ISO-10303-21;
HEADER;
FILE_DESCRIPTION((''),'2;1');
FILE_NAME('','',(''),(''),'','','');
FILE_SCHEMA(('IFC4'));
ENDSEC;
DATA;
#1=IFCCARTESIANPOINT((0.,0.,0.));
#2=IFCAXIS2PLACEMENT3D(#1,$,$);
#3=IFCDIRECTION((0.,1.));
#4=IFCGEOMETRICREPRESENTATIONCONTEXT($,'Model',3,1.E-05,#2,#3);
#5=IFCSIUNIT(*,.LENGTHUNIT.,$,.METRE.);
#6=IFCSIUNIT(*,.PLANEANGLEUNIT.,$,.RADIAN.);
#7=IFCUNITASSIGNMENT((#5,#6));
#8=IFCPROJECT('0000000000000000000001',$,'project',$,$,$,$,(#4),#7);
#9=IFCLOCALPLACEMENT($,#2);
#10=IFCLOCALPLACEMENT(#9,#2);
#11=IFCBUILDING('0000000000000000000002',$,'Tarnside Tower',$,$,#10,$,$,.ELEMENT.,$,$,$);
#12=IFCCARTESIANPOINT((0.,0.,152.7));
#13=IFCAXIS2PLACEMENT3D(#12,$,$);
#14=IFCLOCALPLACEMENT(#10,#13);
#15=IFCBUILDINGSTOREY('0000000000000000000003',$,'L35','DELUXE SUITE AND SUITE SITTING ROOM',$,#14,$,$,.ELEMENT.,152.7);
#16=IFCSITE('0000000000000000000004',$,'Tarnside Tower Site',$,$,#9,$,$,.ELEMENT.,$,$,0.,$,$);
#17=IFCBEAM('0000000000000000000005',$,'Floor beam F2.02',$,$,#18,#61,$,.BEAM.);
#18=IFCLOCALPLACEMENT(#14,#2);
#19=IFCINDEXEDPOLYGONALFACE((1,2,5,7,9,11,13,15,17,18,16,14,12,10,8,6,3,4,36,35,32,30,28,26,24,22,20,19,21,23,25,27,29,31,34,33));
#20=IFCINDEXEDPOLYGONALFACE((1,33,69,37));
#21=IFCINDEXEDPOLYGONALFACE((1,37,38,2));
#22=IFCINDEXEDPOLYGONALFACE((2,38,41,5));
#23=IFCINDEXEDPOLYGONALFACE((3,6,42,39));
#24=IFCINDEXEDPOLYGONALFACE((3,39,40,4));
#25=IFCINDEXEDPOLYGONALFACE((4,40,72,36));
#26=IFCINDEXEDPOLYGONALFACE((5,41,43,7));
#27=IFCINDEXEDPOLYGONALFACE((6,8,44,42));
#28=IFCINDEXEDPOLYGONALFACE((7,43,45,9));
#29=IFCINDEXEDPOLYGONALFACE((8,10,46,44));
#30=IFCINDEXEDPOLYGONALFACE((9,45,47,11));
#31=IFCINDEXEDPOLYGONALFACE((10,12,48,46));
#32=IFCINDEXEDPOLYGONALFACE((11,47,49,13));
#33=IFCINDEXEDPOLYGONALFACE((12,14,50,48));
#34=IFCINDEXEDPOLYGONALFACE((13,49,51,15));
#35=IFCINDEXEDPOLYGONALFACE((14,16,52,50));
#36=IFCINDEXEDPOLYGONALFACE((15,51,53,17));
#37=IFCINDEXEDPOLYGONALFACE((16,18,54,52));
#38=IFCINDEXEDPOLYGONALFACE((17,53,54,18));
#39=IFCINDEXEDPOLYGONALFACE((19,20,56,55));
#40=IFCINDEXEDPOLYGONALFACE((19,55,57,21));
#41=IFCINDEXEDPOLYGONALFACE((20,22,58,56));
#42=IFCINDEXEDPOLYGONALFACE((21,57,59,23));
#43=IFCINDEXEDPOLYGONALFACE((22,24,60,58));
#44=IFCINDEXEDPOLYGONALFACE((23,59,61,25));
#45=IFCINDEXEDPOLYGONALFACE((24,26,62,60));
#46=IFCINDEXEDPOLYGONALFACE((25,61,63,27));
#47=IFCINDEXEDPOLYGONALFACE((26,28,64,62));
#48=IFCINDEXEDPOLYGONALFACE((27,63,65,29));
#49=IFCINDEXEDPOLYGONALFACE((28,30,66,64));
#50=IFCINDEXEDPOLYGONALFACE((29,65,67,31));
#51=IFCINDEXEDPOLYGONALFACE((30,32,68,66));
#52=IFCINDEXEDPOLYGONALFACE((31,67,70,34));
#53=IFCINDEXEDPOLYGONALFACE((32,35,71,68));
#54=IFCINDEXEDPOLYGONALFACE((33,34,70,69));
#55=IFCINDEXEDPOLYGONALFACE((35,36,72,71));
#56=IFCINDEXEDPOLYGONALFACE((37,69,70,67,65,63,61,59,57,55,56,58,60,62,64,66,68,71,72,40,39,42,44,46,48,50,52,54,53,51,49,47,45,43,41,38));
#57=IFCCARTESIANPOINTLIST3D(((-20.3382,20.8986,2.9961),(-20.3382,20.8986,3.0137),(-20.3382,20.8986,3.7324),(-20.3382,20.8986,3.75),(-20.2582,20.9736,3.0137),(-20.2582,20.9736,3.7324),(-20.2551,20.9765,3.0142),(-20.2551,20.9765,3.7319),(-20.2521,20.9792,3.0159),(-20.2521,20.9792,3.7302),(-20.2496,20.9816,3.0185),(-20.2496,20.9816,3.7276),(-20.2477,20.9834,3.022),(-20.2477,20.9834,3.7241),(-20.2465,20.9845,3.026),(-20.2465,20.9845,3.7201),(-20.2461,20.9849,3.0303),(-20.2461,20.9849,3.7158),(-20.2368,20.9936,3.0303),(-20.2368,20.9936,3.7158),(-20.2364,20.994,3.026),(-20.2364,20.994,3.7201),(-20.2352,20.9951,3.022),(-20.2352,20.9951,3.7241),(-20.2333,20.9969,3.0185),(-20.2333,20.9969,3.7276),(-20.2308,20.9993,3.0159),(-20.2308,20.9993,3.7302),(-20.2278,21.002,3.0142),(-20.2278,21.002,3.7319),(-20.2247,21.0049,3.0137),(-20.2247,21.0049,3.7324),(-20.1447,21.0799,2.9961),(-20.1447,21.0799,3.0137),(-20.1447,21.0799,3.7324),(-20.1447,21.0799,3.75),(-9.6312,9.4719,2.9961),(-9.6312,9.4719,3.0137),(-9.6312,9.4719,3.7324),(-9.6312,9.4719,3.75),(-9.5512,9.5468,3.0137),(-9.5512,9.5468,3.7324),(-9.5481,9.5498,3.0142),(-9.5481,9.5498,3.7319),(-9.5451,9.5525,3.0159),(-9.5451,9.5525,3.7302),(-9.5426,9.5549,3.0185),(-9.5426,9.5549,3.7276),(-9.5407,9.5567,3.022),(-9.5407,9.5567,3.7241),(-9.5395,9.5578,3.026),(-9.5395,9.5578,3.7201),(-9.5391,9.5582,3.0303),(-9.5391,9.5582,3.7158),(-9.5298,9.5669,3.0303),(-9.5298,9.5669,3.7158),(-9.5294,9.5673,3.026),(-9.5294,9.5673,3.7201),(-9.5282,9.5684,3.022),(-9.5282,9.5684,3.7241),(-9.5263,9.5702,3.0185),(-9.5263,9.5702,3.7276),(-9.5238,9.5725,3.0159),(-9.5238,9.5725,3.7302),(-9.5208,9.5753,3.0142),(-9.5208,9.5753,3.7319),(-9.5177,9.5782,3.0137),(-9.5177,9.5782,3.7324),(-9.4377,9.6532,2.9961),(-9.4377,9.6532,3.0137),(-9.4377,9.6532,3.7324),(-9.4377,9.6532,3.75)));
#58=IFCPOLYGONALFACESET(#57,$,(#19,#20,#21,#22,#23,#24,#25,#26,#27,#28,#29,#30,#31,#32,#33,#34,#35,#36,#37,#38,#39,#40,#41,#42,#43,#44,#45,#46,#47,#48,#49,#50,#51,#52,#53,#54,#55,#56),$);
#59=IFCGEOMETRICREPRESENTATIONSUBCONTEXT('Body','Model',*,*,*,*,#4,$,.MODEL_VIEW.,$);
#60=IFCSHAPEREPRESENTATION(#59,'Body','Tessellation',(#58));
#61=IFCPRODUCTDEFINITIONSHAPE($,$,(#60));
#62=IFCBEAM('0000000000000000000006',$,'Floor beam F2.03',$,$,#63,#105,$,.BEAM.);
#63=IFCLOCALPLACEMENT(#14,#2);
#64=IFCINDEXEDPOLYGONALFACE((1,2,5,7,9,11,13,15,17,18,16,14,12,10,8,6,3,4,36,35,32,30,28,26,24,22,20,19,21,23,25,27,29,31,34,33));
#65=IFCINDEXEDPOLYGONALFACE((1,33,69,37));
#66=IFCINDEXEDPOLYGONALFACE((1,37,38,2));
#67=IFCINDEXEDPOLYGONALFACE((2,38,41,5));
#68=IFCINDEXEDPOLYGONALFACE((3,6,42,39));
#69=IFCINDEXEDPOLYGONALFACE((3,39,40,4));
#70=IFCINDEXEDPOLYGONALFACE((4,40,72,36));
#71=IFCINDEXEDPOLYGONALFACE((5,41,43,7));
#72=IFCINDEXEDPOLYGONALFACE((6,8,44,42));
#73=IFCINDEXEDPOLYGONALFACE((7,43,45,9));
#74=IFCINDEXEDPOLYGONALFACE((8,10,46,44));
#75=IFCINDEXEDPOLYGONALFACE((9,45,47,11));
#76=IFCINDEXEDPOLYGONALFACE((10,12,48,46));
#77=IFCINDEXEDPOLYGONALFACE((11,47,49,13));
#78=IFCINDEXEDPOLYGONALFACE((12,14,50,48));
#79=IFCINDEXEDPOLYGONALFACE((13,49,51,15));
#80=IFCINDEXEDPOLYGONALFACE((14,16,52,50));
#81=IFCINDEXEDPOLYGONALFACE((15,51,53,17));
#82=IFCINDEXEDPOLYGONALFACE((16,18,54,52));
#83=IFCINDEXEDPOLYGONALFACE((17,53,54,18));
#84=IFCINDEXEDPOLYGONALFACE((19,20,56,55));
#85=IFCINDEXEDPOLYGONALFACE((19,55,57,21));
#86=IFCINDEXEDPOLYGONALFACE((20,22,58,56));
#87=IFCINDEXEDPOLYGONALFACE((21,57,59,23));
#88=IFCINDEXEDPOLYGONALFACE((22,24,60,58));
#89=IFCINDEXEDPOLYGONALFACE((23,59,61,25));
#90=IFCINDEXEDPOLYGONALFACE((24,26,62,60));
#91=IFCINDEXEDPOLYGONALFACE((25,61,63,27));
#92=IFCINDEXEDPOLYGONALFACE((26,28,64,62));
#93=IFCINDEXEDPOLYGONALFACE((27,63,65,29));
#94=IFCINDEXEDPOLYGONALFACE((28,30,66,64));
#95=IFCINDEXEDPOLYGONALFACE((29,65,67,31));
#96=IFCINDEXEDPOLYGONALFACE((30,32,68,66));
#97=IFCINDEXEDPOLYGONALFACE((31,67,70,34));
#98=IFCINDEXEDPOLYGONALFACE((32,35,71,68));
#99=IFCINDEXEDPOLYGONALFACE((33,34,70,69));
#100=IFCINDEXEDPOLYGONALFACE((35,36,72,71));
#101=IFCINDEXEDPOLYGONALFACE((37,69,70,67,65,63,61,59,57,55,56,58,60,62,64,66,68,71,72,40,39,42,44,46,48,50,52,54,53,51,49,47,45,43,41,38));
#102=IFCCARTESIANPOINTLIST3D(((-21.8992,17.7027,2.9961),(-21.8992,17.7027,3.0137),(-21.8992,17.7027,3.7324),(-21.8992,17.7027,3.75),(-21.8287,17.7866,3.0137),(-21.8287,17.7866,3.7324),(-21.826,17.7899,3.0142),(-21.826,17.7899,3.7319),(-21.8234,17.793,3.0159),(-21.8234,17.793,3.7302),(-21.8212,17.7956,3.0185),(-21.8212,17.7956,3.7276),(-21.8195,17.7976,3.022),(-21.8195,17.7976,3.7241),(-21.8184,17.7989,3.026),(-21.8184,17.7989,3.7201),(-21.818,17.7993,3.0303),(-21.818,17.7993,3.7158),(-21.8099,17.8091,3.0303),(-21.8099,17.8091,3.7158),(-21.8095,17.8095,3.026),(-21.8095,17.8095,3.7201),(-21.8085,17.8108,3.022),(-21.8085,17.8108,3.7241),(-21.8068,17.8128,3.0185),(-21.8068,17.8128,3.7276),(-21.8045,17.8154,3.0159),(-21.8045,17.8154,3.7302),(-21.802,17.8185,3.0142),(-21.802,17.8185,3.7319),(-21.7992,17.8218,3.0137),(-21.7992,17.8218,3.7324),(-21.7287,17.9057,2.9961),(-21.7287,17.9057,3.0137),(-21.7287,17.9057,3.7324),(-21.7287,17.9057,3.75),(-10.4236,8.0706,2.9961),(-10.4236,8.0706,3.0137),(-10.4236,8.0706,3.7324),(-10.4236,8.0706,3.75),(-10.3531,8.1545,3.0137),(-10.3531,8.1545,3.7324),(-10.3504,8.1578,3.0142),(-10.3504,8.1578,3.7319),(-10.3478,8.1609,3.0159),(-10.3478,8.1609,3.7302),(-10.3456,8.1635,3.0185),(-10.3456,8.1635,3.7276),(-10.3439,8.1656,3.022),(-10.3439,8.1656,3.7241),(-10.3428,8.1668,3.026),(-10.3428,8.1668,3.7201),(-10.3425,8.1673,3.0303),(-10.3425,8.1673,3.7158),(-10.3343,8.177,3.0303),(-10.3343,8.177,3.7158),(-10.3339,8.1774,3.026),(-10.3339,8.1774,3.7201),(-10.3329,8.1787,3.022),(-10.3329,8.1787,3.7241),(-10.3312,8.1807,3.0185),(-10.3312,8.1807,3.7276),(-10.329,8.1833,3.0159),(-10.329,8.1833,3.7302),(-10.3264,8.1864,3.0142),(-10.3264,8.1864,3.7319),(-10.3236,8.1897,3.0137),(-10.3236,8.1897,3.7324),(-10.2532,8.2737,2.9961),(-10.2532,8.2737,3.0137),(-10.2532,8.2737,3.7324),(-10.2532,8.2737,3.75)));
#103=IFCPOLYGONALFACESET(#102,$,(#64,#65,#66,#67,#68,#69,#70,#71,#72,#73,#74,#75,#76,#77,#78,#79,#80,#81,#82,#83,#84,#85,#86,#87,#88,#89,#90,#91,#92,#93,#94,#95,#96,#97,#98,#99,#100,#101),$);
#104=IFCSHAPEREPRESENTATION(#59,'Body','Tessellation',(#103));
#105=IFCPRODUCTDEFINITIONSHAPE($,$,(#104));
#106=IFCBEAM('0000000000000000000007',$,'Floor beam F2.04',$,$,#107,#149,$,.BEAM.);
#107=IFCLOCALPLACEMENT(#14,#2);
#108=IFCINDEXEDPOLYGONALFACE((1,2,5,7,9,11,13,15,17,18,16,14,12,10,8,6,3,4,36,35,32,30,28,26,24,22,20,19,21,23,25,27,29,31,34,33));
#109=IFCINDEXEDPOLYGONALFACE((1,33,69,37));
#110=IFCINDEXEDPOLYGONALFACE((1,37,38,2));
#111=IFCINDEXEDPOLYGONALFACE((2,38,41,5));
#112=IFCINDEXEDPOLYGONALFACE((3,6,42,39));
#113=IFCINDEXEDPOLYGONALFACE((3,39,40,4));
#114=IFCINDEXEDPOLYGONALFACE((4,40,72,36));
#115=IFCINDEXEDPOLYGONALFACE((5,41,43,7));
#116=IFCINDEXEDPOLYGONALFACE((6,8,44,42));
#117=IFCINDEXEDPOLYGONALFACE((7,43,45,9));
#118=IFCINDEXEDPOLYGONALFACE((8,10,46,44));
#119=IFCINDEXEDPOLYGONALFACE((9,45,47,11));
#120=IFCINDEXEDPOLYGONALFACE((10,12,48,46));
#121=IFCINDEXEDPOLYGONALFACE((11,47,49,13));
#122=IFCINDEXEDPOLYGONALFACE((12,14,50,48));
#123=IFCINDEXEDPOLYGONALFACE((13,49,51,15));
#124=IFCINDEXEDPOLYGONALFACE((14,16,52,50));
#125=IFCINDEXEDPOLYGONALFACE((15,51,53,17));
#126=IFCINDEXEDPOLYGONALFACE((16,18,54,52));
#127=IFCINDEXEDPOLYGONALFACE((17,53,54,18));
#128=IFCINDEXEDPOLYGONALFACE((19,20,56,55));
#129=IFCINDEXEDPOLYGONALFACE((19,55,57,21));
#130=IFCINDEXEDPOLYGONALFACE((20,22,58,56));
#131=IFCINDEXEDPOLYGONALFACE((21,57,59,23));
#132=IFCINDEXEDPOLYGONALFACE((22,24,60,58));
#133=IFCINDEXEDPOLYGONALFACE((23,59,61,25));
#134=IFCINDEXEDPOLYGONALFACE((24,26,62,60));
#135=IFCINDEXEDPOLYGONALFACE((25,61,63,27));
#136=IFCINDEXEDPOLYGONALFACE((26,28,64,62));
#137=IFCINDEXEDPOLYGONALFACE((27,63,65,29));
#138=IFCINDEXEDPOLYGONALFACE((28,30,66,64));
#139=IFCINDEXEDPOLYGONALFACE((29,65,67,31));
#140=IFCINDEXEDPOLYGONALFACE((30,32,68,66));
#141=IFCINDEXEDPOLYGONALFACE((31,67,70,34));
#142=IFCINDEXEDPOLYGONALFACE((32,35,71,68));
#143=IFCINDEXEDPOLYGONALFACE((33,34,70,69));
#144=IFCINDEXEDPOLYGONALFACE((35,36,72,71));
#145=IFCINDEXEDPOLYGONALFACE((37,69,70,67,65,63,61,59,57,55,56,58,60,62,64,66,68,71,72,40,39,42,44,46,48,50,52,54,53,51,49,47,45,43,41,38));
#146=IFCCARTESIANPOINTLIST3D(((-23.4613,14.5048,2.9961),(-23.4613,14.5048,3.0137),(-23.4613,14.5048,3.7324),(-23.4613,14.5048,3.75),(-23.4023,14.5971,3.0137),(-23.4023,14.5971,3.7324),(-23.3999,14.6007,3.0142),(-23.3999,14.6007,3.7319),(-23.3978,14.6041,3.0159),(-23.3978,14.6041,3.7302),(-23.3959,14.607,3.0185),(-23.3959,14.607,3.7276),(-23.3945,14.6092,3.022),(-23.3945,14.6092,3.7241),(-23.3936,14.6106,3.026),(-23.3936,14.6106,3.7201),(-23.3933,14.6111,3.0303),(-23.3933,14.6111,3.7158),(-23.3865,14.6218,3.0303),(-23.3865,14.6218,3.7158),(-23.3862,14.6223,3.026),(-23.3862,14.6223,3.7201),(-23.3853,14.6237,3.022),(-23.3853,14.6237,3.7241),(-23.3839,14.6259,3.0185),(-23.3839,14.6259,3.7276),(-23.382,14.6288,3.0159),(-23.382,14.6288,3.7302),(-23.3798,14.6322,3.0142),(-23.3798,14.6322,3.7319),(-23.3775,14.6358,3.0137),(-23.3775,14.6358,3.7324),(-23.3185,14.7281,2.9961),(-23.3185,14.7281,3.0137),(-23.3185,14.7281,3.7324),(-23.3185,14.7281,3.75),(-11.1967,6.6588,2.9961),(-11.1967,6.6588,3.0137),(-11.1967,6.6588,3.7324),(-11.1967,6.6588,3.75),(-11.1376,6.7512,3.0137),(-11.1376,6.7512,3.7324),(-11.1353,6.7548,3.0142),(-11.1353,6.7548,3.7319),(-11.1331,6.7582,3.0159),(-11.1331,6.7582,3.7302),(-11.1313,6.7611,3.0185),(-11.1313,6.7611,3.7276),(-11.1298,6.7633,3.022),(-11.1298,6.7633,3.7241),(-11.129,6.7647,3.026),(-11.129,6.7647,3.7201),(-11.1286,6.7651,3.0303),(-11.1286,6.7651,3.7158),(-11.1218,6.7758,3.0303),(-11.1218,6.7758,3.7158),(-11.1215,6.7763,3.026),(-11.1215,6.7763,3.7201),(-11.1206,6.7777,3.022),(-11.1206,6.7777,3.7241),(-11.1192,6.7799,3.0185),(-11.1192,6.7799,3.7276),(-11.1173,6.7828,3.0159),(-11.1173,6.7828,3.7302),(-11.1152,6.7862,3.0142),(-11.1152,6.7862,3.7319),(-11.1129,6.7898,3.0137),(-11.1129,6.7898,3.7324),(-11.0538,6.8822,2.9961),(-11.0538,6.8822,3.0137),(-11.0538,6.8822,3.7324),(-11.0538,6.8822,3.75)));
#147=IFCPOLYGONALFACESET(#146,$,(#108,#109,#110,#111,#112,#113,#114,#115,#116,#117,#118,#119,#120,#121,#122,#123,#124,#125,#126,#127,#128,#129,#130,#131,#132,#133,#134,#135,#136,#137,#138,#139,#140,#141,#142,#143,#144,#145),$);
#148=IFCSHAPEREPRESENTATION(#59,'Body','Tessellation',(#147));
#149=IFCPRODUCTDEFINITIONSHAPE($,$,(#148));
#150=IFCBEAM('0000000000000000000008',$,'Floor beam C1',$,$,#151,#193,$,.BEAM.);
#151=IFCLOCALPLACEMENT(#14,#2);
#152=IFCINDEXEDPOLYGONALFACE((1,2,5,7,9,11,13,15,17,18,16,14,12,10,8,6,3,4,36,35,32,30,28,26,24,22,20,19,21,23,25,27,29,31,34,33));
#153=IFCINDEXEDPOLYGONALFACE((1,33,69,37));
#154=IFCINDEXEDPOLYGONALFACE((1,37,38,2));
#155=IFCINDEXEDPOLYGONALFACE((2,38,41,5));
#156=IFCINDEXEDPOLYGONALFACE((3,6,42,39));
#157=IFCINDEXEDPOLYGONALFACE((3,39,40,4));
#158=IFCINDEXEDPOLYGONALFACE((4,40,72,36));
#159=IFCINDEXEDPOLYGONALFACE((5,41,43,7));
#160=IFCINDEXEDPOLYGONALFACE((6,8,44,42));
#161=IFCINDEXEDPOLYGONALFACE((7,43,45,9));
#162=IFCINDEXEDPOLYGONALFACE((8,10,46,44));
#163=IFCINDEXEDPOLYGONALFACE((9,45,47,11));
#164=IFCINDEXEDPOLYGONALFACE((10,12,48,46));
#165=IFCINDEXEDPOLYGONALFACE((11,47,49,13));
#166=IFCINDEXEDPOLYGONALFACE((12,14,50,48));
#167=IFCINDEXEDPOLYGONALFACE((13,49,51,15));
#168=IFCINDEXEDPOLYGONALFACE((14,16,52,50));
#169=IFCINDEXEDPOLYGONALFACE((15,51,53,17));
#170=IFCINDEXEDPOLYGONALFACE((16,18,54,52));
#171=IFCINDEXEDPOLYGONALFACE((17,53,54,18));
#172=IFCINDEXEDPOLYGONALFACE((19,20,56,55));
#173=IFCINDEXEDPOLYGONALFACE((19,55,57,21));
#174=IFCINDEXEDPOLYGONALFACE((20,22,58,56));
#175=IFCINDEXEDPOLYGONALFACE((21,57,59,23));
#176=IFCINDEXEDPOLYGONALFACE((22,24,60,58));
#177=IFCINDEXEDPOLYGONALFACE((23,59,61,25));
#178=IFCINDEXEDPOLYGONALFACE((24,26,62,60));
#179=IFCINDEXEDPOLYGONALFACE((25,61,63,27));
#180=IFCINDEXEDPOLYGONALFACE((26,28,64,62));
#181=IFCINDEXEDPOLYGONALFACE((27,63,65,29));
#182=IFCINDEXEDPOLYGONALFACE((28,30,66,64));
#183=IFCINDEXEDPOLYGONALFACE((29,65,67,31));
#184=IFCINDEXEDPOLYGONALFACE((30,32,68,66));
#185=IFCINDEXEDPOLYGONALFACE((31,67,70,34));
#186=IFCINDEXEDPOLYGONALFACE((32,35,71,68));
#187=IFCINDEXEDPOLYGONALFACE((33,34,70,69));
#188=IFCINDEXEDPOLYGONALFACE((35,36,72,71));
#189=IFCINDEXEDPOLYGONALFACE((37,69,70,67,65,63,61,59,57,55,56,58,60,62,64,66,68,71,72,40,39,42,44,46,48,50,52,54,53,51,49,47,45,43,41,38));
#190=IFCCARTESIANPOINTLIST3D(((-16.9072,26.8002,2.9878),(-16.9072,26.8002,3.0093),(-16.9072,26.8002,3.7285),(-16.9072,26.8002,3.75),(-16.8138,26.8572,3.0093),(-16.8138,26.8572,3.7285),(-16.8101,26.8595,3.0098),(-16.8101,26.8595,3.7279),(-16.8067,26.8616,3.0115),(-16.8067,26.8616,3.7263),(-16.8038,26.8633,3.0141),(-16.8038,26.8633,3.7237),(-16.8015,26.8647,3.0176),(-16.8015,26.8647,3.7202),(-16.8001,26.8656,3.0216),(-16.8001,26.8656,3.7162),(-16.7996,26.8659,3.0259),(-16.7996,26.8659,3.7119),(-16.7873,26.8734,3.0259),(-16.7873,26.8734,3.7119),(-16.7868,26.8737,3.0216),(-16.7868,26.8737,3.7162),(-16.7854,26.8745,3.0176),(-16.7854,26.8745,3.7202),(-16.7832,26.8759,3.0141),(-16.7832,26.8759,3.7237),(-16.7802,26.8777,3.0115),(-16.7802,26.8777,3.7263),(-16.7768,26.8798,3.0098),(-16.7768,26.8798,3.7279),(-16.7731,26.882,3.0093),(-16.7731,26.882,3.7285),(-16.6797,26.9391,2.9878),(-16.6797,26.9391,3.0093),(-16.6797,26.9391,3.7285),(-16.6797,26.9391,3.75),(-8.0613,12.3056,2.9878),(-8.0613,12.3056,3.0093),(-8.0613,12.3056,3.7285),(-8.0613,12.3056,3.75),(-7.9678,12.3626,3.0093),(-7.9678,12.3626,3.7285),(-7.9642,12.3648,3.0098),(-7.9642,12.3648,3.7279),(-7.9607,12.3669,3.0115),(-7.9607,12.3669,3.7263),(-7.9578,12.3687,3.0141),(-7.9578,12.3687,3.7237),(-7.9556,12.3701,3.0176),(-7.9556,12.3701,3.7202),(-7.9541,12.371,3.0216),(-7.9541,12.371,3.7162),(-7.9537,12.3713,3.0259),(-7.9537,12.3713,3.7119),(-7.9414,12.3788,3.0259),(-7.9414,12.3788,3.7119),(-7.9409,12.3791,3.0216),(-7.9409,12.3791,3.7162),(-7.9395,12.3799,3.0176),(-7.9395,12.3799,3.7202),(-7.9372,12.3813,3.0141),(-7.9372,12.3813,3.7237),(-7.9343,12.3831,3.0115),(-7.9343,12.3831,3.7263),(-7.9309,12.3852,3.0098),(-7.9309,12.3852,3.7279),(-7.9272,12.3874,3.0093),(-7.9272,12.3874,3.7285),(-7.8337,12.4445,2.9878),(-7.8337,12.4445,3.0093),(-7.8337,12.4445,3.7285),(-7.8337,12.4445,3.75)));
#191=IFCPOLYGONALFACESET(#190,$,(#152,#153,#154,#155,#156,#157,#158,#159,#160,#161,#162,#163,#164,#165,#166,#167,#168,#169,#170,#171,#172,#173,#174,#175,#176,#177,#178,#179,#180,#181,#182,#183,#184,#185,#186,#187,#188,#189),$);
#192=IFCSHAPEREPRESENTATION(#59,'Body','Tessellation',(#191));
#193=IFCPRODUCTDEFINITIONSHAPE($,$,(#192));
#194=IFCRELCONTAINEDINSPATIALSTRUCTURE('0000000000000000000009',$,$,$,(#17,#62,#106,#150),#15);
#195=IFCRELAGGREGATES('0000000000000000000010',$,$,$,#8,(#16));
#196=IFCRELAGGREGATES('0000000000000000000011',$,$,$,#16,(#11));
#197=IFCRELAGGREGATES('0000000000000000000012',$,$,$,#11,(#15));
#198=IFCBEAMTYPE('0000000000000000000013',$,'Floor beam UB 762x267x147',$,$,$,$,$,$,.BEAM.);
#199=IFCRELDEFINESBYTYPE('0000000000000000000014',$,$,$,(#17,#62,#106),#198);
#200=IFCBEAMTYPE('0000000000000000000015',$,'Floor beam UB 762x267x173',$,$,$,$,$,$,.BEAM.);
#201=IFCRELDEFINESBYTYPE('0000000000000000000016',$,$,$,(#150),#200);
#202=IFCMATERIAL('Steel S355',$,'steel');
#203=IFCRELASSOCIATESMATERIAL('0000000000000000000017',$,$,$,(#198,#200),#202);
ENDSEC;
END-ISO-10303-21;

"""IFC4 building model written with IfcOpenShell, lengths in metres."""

from ifc_helpers import new_model, si_unit, direction, frame, origin, origin_2d, place, context, subcontext, project, spatial, i_section, extrude, material, material_profile, profile_set, type_object, element, save


model = new_model("IFC4")

# Units and contexts
model_context = context("Model", 3, precision=1e-05, world=origin(), true_north=direction((0.0, 1.0)))
body_context = subcontext(model_context, "Body", "Model", "MODEL_VIEW")
ifc_project = project(units=[si_unit("LENGTHUNIT", "METRE"), si_unit("PLANEANGLEUNIT", "RADIAN")], contexts=[model_context])

# Site, building, storey
site_placement = place(None, origin())
site = spatial("IfcSite", under=ifc_project, at=site_placement, Name="Tarnside Tower Site", CompositionType="ELEMENT", RefElevation=0.0)
building_placement = place(site_placement, origin())
building = spatial("IfcBuilding", under=site, at=building_placement, Name="Tarnside Tower", CompositionType="ELEMENT")
storey_placement = place(building_placement, frame((0.0, 0.0, 152.7)))
storey = spatial("IfcBuildingStorey", under=building, at=storey_placement, Name="L35", Description="DELUXE SUITE AND SUITE SITTING ROOM", CompositionType="ELEMENT", Elevation=152.7)

# Beams
ifc_material_1 = material(Name="Steel S355", Category="steel")
ifc_material_profile_1 = material_profile(ifc_material_1, i_section(OverallWidth=0.2651, OverallDepth=0.7539, WebThickness=0.0127, FlangeThickness=0.0176, FilletRadius=0.0166, at=origin_2d()), Name="UB 762x267x147")
ifc_profile_set_1 = profile_set([ifc_material_profile_1], Name="Steel S355")
beam_type_1 = type_object("IfcBeamType", Name="Floor beam UB 762x267x147", PredefinedType="BEAM", material=ifc_profile_set_1)
beam_1_placement = place(storey_placement, frame((-20.2415, 20.9893, 3.373), z_axis=(0.683752, -0.729714, 0.0), x_axis=(0.729714, 0.683752, 0.0)))
element("IfcBeam", 1, at=beam_1_placement, inside=storey, type_object=beam_type_1, Name="Floor beam F2.02", PredefinedType="BEAM", context=body_context, shape_type="SweptSolid", body=[
    extrude(i_section(OverallWidth=0.2651, OverallDepth=0.7539, WebThickness=0.0127, FlangeThickness=0.0176, FilletRadius=0.0166, at=origin_2d()), origin(), (0.0, 0.0, 1.0), 15.6592),
])
beam_2_placement = place(storey_placement, frame((-21.814, 17.8042, 3.373), z_axis=(0.765948, -0.642902, 0.0), x_axis=(0.642902, 0.765948, 0.0)))
element("IfcBeam", 2, at=beam_2_placement, inside=storey, type_object=beam_type_1, Name="Floor beam F2.03", PredefinedType="BEAM", context=body_context, shape_type="SweptSolid", body=[
    extrude(i_section(OverallWidth=0.2651, OverallDepth=0.7539, WebThickness=0.0127, FlangeThickness=0.0176, FilletRadius=0.0166, at=origin_2d()), origin(), (0.0, 0.0, 1.0), 14.9822),
])
beam_3_placement = place(storey_placement, frame((-23.3899, 14.6165, 3.373), z_axis=(0.842378, -0.538887, 0.0), x_axis=(0.538887, 0.842378, 0.0)))
element("IfcBeam", 3, at=beam_3_placement, inside=storey, type_object=beam_type_1, Name="Floor beam F2.04", PredefinedType="BEAM", context=body_context, shape_type="SweptSolid", body=[
    extrude(i_section(OverallWidth=0.2651, OverallDepth=0.7539, WebThickness=0.0127, FlangeThickness=0.0176, FilletRadius=0.0166, at=origin_2d()), origin(), (0.0, 0.0, 1.0), 14.5596),
])
ifc_material_profile_2 = material_profile(ifc_material_1, i_section(OverallWidth=0.2666, OverallDepth=0.7622, WebThickness=0.0144, FlangeThickness=0.0215, FilletRadius=0.0166, at=origin_2d()), Name="UB 762x267x173")
ifc_profile_set_2 = profile_set([ifc_material_profile_2], Name="Steel S355")
beam_type_2 = type_object("IfcBeamType", Name="Floor beam UB 762x267x173", PredefinedType="BEAM", material=ifc_profile_set_2)
beam_4_placement = place(storey_placement, frame((-16.7935, 26.8696, 3.3689), z_axis=(0.52094, -0.853593, 0.0), x_axis=(0.853593, 0.52094, 0.0)))
element("IfcBeam", 4, at=beam_4_placement, inside=storey, type_object=beam_type_2, Name="Floor beam C1", PredefinedType="BEAM", context=body_context, shape_type="SweptSolid", body=[
    extrude(i_section(OverallWidth=0.2666, OverallDepth=0.7622, WebThickness=0.0144, FlangeThickness=0.0215, FilletRadius=0.0166, at=origin_2d()), origin(), (0.0, 0.0, 1.0), 16.9807),
])

save(model, "model.ifc")
